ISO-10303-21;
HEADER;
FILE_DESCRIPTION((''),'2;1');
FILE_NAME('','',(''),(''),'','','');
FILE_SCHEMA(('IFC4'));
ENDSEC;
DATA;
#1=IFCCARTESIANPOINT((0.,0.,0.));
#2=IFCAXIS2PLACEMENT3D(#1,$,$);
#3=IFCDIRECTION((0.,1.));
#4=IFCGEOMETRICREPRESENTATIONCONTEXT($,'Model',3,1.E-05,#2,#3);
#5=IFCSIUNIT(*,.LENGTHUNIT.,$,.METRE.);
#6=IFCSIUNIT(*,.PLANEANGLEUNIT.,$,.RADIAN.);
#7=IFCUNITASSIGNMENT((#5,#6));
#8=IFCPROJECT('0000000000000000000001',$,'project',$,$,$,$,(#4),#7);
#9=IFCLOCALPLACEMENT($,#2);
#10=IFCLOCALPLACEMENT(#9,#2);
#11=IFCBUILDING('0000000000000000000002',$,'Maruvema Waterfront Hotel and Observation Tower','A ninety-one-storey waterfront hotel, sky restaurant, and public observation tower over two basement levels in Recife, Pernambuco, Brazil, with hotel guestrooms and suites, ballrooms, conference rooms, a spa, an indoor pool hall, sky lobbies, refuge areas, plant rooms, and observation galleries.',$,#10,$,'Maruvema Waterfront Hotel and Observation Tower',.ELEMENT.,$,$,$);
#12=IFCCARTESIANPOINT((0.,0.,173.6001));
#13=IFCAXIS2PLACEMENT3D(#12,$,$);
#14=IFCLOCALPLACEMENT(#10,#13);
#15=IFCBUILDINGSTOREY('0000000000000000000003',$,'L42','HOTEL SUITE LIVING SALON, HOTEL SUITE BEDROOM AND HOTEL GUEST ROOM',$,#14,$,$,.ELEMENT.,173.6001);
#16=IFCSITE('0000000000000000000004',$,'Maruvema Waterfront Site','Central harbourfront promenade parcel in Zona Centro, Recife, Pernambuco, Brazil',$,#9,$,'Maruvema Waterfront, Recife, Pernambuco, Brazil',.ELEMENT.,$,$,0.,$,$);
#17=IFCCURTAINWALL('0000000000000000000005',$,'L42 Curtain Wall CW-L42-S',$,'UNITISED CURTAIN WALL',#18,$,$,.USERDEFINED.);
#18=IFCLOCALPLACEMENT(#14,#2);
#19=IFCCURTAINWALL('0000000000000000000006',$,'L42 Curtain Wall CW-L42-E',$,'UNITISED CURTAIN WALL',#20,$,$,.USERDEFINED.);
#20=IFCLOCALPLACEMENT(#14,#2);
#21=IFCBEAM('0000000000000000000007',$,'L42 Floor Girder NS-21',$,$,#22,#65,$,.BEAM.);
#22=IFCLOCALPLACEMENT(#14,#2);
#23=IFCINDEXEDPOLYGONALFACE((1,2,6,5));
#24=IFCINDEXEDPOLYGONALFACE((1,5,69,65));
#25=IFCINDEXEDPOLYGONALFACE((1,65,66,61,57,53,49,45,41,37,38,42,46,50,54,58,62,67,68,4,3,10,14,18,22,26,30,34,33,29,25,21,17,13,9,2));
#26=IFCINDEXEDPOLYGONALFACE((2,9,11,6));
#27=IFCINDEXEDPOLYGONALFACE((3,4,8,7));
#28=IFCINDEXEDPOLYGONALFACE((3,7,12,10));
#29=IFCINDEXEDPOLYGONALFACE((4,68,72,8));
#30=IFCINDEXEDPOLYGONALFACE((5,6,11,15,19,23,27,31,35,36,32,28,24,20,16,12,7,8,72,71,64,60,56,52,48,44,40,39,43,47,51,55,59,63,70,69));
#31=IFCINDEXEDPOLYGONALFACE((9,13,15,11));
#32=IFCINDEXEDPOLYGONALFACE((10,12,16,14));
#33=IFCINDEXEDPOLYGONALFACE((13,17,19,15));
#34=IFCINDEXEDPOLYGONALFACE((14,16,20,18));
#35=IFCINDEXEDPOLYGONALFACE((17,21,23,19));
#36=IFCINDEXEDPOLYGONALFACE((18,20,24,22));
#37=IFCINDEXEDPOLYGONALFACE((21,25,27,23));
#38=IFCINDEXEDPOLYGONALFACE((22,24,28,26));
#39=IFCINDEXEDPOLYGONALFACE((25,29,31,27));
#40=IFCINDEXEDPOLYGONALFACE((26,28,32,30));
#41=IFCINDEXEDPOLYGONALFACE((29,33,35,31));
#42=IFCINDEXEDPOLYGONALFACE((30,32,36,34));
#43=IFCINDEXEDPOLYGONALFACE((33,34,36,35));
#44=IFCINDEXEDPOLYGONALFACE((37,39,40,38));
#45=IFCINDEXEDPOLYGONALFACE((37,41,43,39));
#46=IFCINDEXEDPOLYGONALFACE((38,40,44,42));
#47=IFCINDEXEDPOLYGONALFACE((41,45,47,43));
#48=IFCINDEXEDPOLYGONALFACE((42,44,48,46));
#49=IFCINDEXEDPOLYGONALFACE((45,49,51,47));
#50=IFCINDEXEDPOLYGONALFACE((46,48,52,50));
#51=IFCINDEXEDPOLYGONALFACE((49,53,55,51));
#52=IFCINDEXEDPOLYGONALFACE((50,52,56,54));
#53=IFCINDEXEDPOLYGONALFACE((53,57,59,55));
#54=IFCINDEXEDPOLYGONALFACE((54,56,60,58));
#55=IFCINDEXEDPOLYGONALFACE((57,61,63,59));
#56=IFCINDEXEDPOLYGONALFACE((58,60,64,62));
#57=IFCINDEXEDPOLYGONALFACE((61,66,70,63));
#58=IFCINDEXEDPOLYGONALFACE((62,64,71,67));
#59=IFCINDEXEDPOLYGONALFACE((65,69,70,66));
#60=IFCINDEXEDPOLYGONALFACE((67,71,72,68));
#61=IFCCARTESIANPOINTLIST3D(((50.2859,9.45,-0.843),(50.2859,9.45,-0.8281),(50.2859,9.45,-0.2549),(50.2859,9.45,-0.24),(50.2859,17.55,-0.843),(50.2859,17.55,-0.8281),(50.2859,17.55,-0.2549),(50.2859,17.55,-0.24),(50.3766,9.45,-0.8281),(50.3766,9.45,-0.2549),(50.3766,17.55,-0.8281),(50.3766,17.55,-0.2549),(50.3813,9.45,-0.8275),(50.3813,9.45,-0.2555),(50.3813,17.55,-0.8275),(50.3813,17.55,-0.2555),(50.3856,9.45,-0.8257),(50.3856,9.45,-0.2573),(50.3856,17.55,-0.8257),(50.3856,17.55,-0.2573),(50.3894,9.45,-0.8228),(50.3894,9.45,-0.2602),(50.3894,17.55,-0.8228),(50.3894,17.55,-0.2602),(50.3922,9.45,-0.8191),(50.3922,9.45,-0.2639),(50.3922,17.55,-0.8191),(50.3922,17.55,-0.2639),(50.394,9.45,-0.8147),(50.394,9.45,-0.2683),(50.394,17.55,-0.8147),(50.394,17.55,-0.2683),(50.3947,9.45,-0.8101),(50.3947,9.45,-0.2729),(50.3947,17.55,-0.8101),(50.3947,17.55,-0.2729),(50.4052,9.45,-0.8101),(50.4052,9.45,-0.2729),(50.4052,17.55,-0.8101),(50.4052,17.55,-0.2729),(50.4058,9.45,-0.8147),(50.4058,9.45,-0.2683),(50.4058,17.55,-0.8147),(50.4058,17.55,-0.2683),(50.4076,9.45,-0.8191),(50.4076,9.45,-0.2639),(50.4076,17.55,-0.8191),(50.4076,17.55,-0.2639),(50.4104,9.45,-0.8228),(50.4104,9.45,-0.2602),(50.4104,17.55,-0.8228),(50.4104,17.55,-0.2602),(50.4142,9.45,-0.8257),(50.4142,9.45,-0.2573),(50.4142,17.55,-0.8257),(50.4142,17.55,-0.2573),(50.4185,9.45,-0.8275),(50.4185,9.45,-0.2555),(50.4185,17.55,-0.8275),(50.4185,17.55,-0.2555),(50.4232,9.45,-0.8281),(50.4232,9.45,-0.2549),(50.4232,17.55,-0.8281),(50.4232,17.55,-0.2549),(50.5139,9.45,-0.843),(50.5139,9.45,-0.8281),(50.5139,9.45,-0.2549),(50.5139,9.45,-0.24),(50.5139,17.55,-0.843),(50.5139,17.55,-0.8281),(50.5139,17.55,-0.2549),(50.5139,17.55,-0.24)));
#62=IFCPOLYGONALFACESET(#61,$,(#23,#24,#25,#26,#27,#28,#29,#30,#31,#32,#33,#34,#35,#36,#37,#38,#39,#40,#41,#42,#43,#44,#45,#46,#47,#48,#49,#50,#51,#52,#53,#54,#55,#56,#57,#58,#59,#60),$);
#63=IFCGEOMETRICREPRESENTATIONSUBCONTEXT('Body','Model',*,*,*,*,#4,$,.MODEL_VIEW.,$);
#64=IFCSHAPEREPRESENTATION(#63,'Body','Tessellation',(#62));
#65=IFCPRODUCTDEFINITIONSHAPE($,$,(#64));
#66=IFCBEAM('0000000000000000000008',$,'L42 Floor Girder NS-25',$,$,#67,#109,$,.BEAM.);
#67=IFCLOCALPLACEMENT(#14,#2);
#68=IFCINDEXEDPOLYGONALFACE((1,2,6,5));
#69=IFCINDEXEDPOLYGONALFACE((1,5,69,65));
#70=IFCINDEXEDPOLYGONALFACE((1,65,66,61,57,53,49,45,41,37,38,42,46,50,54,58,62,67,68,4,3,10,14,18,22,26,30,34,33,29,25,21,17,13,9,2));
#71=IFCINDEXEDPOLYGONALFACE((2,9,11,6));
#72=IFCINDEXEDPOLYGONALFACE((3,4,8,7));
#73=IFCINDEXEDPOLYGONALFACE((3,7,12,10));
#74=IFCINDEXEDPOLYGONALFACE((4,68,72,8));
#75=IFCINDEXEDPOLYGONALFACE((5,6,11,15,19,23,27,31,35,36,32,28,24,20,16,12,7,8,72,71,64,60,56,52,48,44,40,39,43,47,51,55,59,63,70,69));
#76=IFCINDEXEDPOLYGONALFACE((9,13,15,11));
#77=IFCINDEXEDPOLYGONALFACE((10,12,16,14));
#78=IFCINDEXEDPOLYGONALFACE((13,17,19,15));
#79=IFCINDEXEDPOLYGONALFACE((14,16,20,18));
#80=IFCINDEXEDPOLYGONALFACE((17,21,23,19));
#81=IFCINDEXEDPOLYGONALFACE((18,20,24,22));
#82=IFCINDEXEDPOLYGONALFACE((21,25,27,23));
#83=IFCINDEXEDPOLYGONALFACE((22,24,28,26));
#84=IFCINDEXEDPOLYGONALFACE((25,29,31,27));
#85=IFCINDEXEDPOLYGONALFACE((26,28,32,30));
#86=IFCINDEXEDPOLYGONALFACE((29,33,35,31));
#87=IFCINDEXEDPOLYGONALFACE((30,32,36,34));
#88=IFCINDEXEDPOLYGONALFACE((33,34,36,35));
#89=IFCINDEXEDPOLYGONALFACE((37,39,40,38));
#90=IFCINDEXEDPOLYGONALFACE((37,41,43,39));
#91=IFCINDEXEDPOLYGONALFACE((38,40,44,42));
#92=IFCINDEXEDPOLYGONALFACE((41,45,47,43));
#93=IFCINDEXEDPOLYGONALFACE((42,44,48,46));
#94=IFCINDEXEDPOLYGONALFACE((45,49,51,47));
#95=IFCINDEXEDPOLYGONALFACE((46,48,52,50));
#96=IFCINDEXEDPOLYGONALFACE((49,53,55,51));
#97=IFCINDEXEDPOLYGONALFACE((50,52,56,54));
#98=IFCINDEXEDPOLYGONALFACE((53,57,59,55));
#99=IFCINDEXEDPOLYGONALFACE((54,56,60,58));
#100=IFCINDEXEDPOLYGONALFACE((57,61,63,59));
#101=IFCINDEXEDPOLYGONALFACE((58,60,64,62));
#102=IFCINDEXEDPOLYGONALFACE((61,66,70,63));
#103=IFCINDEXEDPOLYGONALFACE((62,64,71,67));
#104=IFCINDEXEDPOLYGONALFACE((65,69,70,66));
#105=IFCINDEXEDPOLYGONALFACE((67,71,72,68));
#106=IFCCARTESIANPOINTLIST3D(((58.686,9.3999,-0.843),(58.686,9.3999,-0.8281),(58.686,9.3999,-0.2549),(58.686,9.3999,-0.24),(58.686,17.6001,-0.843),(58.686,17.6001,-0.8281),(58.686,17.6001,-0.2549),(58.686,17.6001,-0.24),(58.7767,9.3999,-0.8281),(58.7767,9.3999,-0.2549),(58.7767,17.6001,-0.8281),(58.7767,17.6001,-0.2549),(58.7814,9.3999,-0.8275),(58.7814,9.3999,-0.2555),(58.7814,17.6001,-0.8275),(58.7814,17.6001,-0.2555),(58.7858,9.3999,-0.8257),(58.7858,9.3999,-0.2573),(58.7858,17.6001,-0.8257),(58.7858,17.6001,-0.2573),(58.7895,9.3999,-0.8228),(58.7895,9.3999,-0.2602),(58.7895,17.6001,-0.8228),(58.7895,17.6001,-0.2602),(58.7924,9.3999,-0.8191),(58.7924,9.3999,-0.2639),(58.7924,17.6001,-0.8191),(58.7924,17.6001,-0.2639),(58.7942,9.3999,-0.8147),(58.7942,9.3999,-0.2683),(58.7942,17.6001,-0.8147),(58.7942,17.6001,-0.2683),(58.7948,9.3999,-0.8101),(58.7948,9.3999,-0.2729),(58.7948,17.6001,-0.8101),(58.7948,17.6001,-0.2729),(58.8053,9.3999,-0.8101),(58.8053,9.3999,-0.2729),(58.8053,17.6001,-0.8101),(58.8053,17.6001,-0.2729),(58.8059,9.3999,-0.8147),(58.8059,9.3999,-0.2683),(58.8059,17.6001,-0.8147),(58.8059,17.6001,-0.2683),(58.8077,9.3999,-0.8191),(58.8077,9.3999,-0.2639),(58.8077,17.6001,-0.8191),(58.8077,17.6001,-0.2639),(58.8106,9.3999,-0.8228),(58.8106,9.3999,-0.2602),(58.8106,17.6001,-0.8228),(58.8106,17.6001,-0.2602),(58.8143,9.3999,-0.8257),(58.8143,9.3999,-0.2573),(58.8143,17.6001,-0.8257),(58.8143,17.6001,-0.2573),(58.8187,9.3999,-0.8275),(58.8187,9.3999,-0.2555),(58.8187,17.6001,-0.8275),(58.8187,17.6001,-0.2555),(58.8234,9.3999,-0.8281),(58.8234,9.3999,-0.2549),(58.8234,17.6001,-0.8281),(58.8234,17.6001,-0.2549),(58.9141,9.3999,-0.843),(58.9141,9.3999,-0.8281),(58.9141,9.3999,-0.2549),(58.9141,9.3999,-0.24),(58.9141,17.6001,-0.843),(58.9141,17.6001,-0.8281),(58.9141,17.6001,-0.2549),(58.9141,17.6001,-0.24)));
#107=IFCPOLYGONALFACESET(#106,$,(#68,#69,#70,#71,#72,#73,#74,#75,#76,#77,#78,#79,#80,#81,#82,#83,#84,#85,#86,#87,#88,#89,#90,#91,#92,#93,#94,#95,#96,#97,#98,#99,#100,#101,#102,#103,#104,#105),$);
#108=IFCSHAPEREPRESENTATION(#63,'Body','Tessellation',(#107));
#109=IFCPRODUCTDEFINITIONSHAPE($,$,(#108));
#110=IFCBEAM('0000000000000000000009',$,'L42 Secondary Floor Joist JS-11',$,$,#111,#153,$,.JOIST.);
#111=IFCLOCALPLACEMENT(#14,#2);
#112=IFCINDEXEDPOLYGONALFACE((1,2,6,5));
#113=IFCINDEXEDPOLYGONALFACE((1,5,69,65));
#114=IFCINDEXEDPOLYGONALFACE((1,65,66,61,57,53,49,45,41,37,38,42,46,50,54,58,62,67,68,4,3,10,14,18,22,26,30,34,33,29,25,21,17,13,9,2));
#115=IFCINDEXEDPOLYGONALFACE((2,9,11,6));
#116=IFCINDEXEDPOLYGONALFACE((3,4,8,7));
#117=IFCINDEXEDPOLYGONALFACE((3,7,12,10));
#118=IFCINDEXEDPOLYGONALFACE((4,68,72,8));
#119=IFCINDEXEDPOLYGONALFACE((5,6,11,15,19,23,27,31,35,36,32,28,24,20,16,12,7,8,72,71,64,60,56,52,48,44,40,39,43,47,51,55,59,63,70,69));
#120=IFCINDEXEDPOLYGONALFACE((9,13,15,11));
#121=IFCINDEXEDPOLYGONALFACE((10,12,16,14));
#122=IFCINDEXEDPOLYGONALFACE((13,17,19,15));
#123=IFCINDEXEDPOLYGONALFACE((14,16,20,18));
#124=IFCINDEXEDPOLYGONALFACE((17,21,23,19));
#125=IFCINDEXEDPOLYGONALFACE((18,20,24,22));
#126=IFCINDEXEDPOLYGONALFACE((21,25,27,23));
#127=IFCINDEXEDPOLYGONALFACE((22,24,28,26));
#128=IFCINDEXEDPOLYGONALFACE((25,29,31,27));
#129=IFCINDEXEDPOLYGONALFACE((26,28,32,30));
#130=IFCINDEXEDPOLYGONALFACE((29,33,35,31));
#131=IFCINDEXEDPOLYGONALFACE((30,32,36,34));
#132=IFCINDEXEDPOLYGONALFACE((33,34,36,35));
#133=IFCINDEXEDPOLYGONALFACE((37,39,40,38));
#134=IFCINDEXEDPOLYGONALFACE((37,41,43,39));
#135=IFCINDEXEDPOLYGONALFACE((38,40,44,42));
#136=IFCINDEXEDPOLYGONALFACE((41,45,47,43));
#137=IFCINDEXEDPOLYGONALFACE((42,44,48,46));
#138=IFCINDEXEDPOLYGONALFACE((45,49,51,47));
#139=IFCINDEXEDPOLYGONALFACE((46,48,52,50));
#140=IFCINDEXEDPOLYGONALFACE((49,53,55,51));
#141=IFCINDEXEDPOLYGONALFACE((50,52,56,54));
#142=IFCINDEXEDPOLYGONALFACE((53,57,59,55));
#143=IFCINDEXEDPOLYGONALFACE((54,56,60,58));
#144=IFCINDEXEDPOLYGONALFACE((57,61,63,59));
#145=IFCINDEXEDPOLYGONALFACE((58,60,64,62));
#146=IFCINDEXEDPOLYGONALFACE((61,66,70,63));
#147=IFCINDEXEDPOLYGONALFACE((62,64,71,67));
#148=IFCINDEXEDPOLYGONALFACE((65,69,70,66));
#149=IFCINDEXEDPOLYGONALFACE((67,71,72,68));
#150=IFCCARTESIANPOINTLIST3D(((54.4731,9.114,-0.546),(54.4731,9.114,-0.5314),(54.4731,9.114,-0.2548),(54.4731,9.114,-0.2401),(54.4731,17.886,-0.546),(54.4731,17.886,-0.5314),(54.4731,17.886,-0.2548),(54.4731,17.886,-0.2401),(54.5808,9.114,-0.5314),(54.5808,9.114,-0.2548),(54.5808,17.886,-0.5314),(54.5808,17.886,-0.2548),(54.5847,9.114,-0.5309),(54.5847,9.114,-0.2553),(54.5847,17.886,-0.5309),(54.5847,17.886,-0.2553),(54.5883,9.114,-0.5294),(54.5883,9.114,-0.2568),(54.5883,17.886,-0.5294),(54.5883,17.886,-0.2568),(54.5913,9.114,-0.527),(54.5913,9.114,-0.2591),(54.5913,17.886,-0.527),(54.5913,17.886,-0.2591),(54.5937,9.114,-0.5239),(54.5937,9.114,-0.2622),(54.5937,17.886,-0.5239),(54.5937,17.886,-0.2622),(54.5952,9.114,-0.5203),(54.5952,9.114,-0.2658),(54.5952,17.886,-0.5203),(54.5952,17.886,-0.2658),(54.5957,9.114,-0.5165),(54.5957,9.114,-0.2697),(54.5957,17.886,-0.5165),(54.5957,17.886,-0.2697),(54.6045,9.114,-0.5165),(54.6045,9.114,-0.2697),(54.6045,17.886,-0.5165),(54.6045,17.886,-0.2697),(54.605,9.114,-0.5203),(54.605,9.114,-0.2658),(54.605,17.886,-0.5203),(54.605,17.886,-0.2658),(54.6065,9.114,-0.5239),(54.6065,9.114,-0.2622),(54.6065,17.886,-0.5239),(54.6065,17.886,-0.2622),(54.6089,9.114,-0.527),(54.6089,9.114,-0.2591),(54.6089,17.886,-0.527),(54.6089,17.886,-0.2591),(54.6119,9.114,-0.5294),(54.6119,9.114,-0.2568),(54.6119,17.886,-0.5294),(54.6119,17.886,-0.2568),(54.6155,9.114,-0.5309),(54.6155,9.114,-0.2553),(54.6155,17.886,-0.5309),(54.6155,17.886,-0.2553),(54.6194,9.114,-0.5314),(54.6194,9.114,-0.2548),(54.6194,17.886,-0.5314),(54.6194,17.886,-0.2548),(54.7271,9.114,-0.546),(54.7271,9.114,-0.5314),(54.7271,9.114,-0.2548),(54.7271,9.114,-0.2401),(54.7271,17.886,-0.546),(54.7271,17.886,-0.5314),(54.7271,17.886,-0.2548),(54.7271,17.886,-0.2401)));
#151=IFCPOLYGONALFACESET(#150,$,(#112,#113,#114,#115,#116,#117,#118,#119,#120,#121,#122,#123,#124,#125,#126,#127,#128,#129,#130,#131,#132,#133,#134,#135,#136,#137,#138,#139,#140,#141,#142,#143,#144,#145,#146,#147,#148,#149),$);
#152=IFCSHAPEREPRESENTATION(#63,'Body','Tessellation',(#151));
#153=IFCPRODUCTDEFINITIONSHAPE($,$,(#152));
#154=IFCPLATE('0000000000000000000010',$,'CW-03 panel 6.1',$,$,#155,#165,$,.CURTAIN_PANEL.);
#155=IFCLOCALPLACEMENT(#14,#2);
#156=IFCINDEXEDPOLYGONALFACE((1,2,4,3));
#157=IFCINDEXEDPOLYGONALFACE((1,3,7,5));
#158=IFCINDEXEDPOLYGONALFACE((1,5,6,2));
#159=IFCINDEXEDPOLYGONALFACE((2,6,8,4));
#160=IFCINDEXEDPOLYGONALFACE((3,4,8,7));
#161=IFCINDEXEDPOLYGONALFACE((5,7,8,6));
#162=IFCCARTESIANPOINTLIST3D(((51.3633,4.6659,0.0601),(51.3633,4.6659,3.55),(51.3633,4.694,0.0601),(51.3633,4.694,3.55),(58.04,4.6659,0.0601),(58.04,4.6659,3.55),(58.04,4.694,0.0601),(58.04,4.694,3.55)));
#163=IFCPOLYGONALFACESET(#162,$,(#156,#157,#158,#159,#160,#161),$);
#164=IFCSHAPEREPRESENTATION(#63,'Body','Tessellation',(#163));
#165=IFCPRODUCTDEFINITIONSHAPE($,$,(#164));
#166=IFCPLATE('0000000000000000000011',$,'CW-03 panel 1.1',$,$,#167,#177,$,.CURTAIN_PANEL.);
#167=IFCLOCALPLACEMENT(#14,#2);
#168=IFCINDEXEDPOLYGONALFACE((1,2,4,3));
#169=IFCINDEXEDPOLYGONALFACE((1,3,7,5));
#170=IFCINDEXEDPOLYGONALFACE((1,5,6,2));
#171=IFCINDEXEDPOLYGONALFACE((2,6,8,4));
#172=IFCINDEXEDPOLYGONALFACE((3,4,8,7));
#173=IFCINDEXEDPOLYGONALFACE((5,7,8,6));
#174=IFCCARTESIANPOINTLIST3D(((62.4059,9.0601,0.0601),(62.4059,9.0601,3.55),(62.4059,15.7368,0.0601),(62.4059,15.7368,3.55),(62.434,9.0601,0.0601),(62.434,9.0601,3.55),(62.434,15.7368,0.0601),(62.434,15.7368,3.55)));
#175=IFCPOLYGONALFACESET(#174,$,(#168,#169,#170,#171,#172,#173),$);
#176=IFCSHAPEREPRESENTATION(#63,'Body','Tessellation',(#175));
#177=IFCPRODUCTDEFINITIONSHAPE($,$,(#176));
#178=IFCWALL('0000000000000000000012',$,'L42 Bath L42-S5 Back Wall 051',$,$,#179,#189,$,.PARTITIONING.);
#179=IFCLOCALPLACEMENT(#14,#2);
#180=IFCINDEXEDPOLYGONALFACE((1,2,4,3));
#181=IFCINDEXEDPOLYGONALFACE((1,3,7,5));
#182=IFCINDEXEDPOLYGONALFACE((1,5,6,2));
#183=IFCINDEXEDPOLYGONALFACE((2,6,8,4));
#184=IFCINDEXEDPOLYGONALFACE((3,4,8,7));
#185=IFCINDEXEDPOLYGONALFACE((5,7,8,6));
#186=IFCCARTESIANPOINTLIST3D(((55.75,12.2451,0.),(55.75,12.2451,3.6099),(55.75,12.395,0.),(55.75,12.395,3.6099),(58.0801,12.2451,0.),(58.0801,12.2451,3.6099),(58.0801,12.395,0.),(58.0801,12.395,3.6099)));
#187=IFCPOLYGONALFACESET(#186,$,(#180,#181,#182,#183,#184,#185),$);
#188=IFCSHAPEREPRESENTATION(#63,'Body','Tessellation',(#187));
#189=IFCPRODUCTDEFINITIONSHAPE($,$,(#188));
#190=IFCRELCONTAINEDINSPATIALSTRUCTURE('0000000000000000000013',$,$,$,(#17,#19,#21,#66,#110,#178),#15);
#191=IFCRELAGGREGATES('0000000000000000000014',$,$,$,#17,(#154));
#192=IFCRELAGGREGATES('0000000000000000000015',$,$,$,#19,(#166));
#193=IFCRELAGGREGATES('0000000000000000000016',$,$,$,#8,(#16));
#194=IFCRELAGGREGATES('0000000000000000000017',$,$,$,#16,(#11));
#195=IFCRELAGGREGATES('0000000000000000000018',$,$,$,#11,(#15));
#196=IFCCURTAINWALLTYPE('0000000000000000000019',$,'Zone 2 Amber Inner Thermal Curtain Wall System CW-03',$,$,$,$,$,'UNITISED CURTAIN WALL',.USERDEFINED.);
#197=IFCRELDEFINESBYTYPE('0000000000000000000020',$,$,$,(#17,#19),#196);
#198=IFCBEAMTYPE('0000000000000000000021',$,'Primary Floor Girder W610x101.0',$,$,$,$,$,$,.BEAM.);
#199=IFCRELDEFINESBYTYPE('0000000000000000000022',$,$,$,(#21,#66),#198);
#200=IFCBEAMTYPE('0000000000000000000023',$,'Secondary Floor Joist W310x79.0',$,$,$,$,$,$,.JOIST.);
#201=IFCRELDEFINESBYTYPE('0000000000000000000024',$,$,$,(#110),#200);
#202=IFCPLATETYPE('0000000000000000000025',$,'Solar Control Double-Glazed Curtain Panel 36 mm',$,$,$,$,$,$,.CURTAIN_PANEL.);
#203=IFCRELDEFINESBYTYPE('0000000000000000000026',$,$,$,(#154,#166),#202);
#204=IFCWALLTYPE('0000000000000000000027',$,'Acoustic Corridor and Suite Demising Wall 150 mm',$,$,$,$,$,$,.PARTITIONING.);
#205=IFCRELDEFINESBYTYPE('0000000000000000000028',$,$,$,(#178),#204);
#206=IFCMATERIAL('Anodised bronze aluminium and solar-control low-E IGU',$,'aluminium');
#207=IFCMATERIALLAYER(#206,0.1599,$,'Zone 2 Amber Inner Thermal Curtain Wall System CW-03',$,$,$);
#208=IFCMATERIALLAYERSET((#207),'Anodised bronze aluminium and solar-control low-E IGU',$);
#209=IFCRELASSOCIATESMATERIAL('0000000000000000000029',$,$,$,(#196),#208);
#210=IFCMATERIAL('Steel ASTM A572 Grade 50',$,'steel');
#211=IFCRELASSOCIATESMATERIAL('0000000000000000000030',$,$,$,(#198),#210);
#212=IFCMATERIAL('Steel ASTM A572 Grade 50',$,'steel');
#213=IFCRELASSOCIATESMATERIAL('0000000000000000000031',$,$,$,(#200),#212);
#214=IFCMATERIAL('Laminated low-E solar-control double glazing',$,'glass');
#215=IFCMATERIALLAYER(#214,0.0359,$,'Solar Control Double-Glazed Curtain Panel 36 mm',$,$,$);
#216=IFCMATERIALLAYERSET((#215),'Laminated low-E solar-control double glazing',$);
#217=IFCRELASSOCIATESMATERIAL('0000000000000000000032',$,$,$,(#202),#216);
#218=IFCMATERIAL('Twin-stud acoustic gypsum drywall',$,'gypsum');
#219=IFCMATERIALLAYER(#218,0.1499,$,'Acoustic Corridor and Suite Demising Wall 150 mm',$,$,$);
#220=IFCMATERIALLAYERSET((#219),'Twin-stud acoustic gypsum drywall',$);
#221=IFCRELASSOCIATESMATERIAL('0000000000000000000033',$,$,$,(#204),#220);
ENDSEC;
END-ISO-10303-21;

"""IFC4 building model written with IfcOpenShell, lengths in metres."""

from ifc_helpers import new_model, si_unit, direction, frame, frame_2d, origin, origin_2d, place, context, subcontext, project, spatial, rectangle, i_section, extrude, material, layer, layer_set, material_profile, profile_set, type_object, element, aggregate, save


model = new_model("IFC4")

# Units and contexts
model_context = context("Model", 3, precision=1e-05, world=origin(), true_north=direction((0.0, 1.0)))
body_context = subcontext(model_context, "Body", "Model", "MODEL_VIEW")
ifc_project = project(units=[si_unit("LENGTHUNIT", "METRE"), si_unit("PLANEANGLEUNIT", "RADIAN")], contexts=[model_context])

# Site, building, storey
site_placement = place(None, origin())
site = spatial("IfcSite", under=ifc_project, at=site_placement, Name="Maruvema Waterfront Site", Description="Central harbourfront promenade parcel in Zona Centro, Recife, Pernambuco, Brazil", LongName="Maruvema Waterfront, Recife, Pernambuco, Brazil", CompositionType="ELEMENT", RefElevation=0.0)
building_placement = place(site_placement, origin())
building = spatial("IfcBuilding", under=site, at=building_placement, Name="Maruvema Waterfront Hotel and Observation Tower", Description="A ninety-one-storey waterfront hotel, sky restaurant, and public observation tower over two basement levels in Recife, Pernambuco, Brazil, with hotel guestrooms and suites, ballrooms, conference rooms, a spa, an indoor pool hall, sky lobbies, refuge areas, plant rooms, and observation galleries.", LongName="Maruvema Waterfront Hotel and Observation Tower", CompositionType="ELEMENT")
storey_placement = place(building_placement, frame((0.0, 0.0, 173.6001)))
storey = spatial("IfcBuildingStorey", under=building, at=storey_placement, Name="L42", Description="HOTEL SUITE LIVING SALON, HOTEL SUITE BEDROOM AND HOTEL GUEST ROOM", CompositionType="ELEMENT", Elevation=173.6001)

# Curtain walls
ifc_material_1 = material(Name="Anodised bronze aluminium and solar-control low-E IGU", Category="aluminium")
ifc_layer_1 = layer(ifc_material_1, 0.1599, Name="Zone 2 Amber Inner Thermal Curtain Wall System CW-03")
ifc_layer_set_1 = layer_set([ifc_layer_1], Name="Anodised bronze aluminium and solar-control low-E IGU")
curtain_wall_type = type_object("IfcCurtainWallType", Name="Zone 2 Amber Inner Thermal Curtain Wall System CW-03", ElementType="UNITISED CURTAIN WALL", PredefinedType="USERDEFINED", material=ifc_layer_set_1)
curtain_wall_1_placement = place(storey_placement, origin())
curtain_wall_1 = element("IfcCurtainWall", 1, at=curtain_wall_1_placement, inside=storey, type_object=curtain_wall_type, Name="L42 Curtain Wall CW-L42-S", ObjectType="UNITISED CURTAIN WALL", PredefinedType="USERDEFINED")
curtain_wall_2_placement = place(storey_placement, origin())
curtain_wall_2 = element("IfcCurtainWall", 2, at=curtain_wall_2_placement, inside=storey, type_object=curtain_wall_type, Name="L42 Curtain Wall CW-L42-E", ObjectType="UNITISED CURTAIN WALL", PredefinedType="USERDEFINED")

# Beams
ifc_material_2 = material(Name="Steel ASTM A572 Grade 50", Category="steel")
ifc_material_profile_1 = material_profile(ifc_material_2, i_section(OverallWidth=0.228, OverallDepth=0.603, WebThickness=0.0105, FlangeThickness=0.0149, FilletRadius=0.0181, at=origin_2d()), Name="W610x101.0")
ifc_profile_set_1 = profile_set([ifc_material_profile_1], Name="Steel ASTM A572 Grade 50")
beam_type_1 = type_object("IfcBeamType", Name="Primary Floor Girder W610x101.0", PredefinedType="BEAM", material=ifc_profile_set_1)
beam_1_placement = place(storey_placement, frame((50.3999, 9.45, -0.5415), z_axis=(0.0, 1.0, 0.0), x_axis=(-1.0, 0.0, 0.0)))
element("IfcBeam", 3, at=beam_1_placement, inside=storey, type_object=beam_type_1, Name="L42 Floor Girder NS-21", PredefinedType="BEAM", context=body_context, shape_type="SweptSolid", body=[
    extrude(i_section(OverallWidth=0.228, OverallDepth=0.603, WebThickness=0.0105, FlangeThickness=0.0149, FilletRadius=0.0181, at=origin_2d()), origin(), (0.0, 0.0, 1.0), 8.1001),
])
beam_2_placement = place(storey_placement, frame((58.8, 9.3999, -0.5415), z_axis=(0.0, 1.0, 0.0), x_axis=(-1.0, 0.0, 0.0)))
element("IfcBeam", 4, at=beam_2_placement, inside=storey, type_object=beam_type_1, Name="L42 Floor Girder NS-25", PredefinedType="BEAM", context=body_context, shape_type="SweptSolid", body=[
    extrude(i_section(OverallWidth=0.228, OverallDepth=0.603, WebThickness=0.0105, FlangeThickness=0.0149, FilletRadius=0.0181, at=origin_2d()), origin(), (0.0, 0.0, 1.0), 8.2002),
])
ifc_material_3 = material(Name="Steel ASTM A572 Grade 50", Category="steel")
ifc_material_profile_2 = material_profile(ifc_material_3, i_section(OverallWidth=0.2539, OverallDepth=0.3059, WebThickness=0.0088, FlangeThickness=0.0146, FilletRadius=0.0149, at=origin_2d()), Name="W310x79.0")
ifc_profile_set_2 = profile_set([ifc_material_profile_2], Name="Steel ASTM A572 Grade 50")
beam_type_2 = type_object("IfcBeamType", Name="Secondary Floor Joist W310x79.0", PredefinedType="JOIST", material=ifc_profile_set_2)
beam_3_placement = place(storey_placement, frame((54.6001, 9.114, -0.3931), z_axis=(0.0, 1.0, 0.0), x_axis=(-1.0, 0.0, 0.0)))
element("IfcBeam", 5, at=beam_3_placement, inside=storey, type_object=beam_type_2, Name="L42 Secondary Floor Joist JS-11", PredefinedType="JOIST", context=body_context, shape_type="SweptSolid", body=[
    extrude(i_section(OverallWidth=0.2539, OverallDepth=0.3059, WebThickness=0.0088, FlangeThickness=0.0146, FilletRadius=0.0149, at=origin_2d()), origin(), (0.0, 0.0, 1.0), 8.772),
])

# Plates
ifc_material_4 = material(Name="Laminated low-E solar-control double glazing", Category="glass")
ifc_layer_2 = layer(ifc_material_4, 0.0359, Name="Solar Control Double-Glazed Curtain Panel 36 mm")
ifc_layer_set_2 = layer_set([ifc_layer_2], Name="Laminated low-E solar-control double glazing")
plate_type = type_object("IfcPlateType", Name="Solar Control Double-Glazed Curtain Panel 36 mm", PredefinedType="CURTAIN_PANEL", material=ifc_layer_set_2)
plate_1_placement = place(storey_placement, frame((54.7017, 4.6799, 0.0601), z_axis=(0.0, 0.0, 1.0), x_axis=(1.0, 0.0, 0.0)))
plate_1 = element("IfcPlate", 6, at=plate_1_placement, type_object=plate_type, Name="CW-03 panel 6.1", PredefinedType="CURTAIN_PANEL", context=body_context, shape_type="SweptSolid", body=[
    extrude(rectangle(XDim=6.6768, YDim=0.0281, at=origin_2d()), origin(), (0.0, 0.0, 1.0), 3.49),
])
aggregate(curtain_wall_1, [plate_1])
plate_2_placement = place(storey_placement, frame((62.4199, 12.3984, 0.0601), z_axis=(0.0, 0.0, 1.0), x_axis=(0.0, 1.0, 0.0)))
plate_2 = element("IfcPlate", 7, at=plate_2_placement, type_object=plate_type, Name="CW-03 panel 1.1", PredefinedType="CURTAIN_PANEL", context=body_context, shape_type="SweptSolid", body=[
    extrude(rectangle(XDim=6.6768, YDim=0.0281, at=origin_2d()), origin(), (0.0, 0.0, 1.0), 3.49),
])
aggregate(curtain_wall_2, [plate_2])

# Wall
ifc_material_5 = material(Name="Twin-stud acoustic gypsum drywall", Category="gypsum")
ifc_layer_3 = layer(ifc_material_5, 0.1499, Name="Acoustic Corridor and Suite Demising Wall 150 mm")
ifc_layer_set_3 = layer_set([ifc_layer_3], Name="Twin-stud acoustic gypsum drywall")
wall_type_1 = type_object("IfcWallType", Name="Acoustic Corridor and Suite Demising Wall 150 mm", PredefinedType="PARTITIONING", material=ifc_layer_set_3)
wall_1_placement = place(storey_placement, frame((55.75, 12.3201, 0.0), z_axis=(0.0, 0.0, 1.0), x_axis=(1.0, 0.0, 0.0)))
element("IfcWall", 8, at=wall_1_placement, inside=storey, type_object=wall_type_1, Name="L42 Bath L42-S5 Back Wall 051", PredefinedType="PARTITIONING", context=body_context, shape_type="SweptSolid", body=[
    extrude(rectangle(XDim=2.3301, YDim=0.1499, at=frame_2d((1.165, 0.0))), origin(), (0.0, 0.0, 1.0), 3.6099),
])

save(model, "model.ifc")
